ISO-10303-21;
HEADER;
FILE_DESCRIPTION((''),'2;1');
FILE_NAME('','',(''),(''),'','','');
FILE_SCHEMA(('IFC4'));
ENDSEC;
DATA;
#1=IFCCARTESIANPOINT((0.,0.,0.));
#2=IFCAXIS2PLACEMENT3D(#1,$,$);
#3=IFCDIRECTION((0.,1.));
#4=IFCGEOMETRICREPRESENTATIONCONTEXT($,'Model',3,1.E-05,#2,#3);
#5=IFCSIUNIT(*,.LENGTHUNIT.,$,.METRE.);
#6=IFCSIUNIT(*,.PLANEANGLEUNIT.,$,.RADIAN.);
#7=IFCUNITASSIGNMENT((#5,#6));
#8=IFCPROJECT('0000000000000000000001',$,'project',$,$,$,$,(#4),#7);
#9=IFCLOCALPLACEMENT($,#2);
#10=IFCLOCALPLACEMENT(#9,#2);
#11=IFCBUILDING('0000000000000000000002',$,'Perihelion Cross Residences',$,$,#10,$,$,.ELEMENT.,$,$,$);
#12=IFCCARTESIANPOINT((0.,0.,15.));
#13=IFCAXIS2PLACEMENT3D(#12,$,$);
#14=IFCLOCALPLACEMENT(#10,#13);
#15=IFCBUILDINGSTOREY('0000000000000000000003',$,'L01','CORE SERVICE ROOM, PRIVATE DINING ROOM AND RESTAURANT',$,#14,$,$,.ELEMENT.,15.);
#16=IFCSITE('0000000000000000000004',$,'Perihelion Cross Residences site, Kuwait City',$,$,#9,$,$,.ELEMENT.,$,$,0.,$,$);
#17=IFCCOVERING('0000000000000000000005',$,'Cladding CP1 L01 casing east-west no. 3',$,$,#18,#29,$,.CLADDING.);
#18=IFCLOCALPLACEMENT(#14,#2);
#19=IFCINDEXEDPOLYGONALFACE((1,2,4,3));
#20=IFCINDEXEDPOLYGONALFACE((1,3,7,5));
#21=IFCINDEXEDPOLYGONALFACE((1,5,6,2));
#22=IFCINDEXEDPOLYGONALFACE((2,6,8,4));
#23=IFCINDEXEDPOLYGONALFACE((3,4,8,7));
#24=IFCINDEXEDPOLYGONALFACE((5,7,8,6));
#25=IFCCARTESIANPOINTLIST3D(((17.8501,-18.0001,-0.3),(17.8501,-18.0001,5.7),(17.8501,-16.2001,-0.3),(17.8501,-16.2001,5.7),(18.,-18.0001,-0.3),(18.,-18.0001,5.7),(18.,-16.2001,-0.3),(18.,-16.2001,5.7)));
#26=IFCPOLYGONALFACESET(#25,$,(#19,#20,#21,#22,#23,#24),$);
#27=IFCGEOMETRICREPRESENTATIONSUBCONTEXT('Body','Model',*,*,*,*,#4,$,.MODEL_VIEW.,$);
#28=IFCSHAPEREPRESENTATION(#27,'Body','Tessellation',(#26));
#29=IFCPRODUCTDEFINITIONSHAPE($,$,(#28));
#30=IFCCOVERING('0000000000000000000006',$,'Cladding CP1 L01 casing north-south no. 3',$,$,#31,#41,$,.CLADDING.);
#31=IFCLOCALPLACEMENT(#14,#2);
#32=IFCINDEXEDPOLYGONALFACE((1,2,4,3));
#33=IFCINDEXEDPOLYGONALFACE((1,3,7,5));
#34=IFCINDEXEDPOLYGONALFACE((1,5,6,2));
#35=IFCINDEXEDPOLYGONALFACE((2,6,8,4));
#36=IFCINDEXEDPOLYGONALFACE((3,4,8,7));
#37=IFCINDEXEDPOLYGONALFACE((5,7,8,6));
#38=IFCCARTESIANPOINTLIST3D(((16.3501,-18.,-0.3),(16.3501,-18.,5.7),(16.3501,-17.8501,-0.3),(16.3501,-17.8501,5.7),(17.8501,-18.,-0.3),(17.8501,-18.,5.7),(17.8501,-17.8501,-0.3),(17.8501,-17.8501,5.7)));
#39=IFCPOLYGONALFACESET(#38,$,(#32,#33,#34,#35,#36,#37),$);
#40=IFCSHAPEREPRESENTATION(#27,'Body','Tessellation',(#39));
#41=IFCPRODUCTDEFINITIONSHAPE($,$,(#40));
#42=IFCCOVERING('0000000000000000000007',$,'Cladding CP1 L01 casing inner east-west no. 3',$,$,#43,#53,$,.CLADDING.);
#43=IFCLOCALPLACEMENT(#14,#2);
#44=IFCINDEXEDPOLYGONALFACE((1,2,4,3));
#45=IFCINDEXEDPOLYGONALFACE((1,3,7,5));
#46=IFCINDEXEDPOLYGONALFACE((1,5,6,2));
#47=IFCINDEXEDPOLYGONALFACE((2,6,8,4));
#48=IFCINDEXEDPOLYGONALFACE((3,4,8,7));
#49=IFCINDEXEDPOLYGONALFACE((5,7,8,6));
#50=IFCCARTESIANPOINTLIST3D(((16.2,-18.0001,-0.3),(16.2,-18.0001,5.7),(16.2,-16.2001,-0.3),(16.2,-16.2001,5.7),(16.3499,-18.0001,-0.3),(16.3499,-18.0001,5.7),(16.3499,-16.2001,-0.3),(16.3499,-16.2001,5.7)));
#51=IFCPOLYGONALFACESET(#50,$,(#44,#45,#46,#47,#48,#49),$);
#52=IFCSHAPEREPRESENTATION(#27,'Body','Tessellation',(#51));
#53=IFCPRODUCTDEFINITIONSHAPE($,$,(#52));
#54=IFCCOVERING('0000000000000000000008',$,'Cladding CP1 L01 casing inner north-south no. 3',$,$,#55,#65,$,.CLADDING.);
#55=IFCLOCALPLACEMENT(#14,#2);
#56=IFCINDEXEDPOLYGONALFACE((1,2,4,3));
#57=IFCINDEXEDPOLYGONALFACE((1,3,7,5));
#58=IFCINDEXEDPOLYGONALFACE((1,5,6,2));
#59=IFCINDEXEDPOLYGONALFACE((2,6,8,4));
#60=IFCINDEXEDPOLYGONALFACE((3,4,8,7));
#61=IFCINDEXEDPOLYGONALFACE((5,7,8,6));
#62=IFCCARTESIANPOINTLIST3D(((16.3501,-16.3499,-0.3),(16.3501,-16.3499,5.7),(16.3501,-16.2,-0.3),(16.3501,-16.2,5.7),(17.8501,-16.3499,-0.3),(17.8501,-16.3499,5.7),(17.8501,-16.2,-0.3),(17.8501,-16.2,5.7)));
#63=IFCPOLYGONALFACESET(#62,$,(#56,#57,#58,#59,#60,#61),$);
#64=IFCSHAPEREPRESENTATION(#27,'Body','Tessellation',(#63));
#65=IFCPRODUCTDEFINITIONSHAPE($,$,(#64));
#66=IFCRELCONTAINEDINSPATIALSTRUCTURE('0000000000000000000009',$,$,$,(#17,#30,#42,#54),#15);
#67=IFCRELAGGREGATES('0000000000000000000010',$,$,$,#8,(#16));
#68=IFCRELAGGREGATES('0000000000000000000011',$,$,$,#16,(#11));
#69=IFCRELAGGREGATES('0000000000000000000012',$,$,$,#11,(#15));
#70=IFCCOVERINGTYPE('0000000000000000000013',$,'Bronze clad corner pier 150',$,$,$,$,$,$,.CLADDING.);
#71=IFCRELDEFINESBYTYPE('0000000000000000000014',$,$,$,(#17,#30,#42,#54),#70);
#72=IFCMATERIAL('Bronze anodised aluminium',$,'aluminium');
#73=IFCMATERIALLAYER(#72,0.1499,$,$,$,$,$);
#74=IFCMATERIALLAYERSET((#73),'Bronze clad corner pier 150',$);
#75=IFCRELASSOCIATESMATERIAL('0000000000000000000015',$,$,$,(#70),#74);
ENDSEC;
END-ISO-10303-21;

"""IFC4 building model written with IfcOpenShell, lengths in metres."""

from ifc_helpers import new_model, si_unit, direction, frame, origin, origin_2d, place, context, subcontext, project, spatial, rectangle, extrude, material, layer, layer_set, type_object, element, save


model = new_model("IFC4")

# Units and contexts
model_context = context("Model", 3, precision=1e-05, world=origin(), true_north=direction((0.0, 1.0)))
body_context = subcontext(model_context, "Body", "Model", "MODEL_VIEW")
ifc_project = project(units=[si_unit("LENGTHUNIT", "METRE"), si_unit("PLANEANGLEUNIT", "RADIAN")], contexts=[model_context])

# Site, building, storey
site_placement = place(None, origin())
site = spatial("IfcSite", under=ifc_project, at=site_placement, Name="Perihelion Cross Residences site, Kuwait City", CompositionType="ELEMENT", RefElevation=0.0)
building_placement = place(site_placement, origin())
building = spatial("IfcBuilding", under=site, at=building_placement, Name="Perihelion Cross Residences", CompositionType="ELEMENT")
storey_placement = place(building_placement, frame((0.0, 0.0, 15.0)))
storey = spatial("IfcBuildingStorey", under=building, at=storey_placement, Name="L01", Description="CORE SERVICE ROOM, PRIVATE DINING ROOM AND RESTAURANT", CompositionType="ELEMENT", Elevation=15.0)

# Coverings
ifc_material_1 = material(Name="Bronze anodised aluminium", Category="aluminium")
ifc_layer_1 = layer(ifc_material_1, 0.1499)
ifc_layer_set_1 = layer_set([ifc_layer_1], Name="Bronze clad corner pier 150")
covering_type = type_object("IfcCoveringType", Name="Bronze clad corner pier 150", PredefinedType="CLADDING", material=ifc_layer_set_1)
covering_1_placement = place(storey_placement, frame((17.925, -17.1001, -0.3), z_axis=(0.0, 0.0, 1.0), x_axis=(1.0, 0.0, 0.0)))
element("IfcCovering", 1, at=covering_1_placement, inside=storey, type_object=covering_type, Name="Cladding CP1 L01 casing east-west no. 3", PredefinedType="CLADDING", context=body_context, shape_type="SweptSolid", body=[
    extrude(rectangle(XDim=0.1499, YDim=1.8, at=origin_2d()), origin(), (0.0, 0.0, 1.0), 6.0),
])
covering_2_placement = place(storey_placement, frame((17.1001, -17.925, -0.3), z_axis=(0.0, 0.0, 1.0), x_axis=(1.0, 0.0, 0.0)))
element("IfcCovering", 2, at=covering_2_placement, inside=storey, type_object=covering_type, Name="Cladding CP1 L01 casing north-south no. 3", PredefinedType="CLADDING", context=body_context, shape_type="SweptSolid", body=[
    extrude(rectangle(XDim=1.5, YDim=0.1499, at=origin_2d()), origin(), (0.0, 0.0, 1.0), 6.0),
])
covering_3_placement = place(storey_placement, frame((16.2749, -17.1001, -0.3), z_axis=(0.0, 0.0, 1.0), x_axis=(1.0, 0.0, 0.0)))
element("IfcCovering", 3, at=covering_3_placement, inside=storey, type_object=covering_type, Name="Cladding CP1 L01 casing inner east-west no. 3", PredefinedType="CLADDING", context=body_context, shape_type="SweptSolid", body=[
    extrude(rectangle(XDim=0.1499, YDim=1.8, at=origin_2d()), origin(), (0.0, 0.0, 1.0), 6.0),
])
covering_4_placement = place(storey_placement, frame((17.1001, -16.2749, -0.3), z_axis=(0.0, 0.0, 1.0), x_axis=(1.0, 0.0, 0.0)))
element("IfcCovering", 4, at=covering_4_placement, inside=storey, type_object=covering_type, Name="Cladding CP1 L01 casing inner north-south no. 3", PredefinedType="CLADDING", context=body_context, shape_type="SweptSolid", body=[
    extrude(rectangle(XDim=1.5, YDim=0.1499, at=origin_2d()), origin(), (0.0, 0.0, 1.0), 6.0),
])

save(model, "model.ifc")
